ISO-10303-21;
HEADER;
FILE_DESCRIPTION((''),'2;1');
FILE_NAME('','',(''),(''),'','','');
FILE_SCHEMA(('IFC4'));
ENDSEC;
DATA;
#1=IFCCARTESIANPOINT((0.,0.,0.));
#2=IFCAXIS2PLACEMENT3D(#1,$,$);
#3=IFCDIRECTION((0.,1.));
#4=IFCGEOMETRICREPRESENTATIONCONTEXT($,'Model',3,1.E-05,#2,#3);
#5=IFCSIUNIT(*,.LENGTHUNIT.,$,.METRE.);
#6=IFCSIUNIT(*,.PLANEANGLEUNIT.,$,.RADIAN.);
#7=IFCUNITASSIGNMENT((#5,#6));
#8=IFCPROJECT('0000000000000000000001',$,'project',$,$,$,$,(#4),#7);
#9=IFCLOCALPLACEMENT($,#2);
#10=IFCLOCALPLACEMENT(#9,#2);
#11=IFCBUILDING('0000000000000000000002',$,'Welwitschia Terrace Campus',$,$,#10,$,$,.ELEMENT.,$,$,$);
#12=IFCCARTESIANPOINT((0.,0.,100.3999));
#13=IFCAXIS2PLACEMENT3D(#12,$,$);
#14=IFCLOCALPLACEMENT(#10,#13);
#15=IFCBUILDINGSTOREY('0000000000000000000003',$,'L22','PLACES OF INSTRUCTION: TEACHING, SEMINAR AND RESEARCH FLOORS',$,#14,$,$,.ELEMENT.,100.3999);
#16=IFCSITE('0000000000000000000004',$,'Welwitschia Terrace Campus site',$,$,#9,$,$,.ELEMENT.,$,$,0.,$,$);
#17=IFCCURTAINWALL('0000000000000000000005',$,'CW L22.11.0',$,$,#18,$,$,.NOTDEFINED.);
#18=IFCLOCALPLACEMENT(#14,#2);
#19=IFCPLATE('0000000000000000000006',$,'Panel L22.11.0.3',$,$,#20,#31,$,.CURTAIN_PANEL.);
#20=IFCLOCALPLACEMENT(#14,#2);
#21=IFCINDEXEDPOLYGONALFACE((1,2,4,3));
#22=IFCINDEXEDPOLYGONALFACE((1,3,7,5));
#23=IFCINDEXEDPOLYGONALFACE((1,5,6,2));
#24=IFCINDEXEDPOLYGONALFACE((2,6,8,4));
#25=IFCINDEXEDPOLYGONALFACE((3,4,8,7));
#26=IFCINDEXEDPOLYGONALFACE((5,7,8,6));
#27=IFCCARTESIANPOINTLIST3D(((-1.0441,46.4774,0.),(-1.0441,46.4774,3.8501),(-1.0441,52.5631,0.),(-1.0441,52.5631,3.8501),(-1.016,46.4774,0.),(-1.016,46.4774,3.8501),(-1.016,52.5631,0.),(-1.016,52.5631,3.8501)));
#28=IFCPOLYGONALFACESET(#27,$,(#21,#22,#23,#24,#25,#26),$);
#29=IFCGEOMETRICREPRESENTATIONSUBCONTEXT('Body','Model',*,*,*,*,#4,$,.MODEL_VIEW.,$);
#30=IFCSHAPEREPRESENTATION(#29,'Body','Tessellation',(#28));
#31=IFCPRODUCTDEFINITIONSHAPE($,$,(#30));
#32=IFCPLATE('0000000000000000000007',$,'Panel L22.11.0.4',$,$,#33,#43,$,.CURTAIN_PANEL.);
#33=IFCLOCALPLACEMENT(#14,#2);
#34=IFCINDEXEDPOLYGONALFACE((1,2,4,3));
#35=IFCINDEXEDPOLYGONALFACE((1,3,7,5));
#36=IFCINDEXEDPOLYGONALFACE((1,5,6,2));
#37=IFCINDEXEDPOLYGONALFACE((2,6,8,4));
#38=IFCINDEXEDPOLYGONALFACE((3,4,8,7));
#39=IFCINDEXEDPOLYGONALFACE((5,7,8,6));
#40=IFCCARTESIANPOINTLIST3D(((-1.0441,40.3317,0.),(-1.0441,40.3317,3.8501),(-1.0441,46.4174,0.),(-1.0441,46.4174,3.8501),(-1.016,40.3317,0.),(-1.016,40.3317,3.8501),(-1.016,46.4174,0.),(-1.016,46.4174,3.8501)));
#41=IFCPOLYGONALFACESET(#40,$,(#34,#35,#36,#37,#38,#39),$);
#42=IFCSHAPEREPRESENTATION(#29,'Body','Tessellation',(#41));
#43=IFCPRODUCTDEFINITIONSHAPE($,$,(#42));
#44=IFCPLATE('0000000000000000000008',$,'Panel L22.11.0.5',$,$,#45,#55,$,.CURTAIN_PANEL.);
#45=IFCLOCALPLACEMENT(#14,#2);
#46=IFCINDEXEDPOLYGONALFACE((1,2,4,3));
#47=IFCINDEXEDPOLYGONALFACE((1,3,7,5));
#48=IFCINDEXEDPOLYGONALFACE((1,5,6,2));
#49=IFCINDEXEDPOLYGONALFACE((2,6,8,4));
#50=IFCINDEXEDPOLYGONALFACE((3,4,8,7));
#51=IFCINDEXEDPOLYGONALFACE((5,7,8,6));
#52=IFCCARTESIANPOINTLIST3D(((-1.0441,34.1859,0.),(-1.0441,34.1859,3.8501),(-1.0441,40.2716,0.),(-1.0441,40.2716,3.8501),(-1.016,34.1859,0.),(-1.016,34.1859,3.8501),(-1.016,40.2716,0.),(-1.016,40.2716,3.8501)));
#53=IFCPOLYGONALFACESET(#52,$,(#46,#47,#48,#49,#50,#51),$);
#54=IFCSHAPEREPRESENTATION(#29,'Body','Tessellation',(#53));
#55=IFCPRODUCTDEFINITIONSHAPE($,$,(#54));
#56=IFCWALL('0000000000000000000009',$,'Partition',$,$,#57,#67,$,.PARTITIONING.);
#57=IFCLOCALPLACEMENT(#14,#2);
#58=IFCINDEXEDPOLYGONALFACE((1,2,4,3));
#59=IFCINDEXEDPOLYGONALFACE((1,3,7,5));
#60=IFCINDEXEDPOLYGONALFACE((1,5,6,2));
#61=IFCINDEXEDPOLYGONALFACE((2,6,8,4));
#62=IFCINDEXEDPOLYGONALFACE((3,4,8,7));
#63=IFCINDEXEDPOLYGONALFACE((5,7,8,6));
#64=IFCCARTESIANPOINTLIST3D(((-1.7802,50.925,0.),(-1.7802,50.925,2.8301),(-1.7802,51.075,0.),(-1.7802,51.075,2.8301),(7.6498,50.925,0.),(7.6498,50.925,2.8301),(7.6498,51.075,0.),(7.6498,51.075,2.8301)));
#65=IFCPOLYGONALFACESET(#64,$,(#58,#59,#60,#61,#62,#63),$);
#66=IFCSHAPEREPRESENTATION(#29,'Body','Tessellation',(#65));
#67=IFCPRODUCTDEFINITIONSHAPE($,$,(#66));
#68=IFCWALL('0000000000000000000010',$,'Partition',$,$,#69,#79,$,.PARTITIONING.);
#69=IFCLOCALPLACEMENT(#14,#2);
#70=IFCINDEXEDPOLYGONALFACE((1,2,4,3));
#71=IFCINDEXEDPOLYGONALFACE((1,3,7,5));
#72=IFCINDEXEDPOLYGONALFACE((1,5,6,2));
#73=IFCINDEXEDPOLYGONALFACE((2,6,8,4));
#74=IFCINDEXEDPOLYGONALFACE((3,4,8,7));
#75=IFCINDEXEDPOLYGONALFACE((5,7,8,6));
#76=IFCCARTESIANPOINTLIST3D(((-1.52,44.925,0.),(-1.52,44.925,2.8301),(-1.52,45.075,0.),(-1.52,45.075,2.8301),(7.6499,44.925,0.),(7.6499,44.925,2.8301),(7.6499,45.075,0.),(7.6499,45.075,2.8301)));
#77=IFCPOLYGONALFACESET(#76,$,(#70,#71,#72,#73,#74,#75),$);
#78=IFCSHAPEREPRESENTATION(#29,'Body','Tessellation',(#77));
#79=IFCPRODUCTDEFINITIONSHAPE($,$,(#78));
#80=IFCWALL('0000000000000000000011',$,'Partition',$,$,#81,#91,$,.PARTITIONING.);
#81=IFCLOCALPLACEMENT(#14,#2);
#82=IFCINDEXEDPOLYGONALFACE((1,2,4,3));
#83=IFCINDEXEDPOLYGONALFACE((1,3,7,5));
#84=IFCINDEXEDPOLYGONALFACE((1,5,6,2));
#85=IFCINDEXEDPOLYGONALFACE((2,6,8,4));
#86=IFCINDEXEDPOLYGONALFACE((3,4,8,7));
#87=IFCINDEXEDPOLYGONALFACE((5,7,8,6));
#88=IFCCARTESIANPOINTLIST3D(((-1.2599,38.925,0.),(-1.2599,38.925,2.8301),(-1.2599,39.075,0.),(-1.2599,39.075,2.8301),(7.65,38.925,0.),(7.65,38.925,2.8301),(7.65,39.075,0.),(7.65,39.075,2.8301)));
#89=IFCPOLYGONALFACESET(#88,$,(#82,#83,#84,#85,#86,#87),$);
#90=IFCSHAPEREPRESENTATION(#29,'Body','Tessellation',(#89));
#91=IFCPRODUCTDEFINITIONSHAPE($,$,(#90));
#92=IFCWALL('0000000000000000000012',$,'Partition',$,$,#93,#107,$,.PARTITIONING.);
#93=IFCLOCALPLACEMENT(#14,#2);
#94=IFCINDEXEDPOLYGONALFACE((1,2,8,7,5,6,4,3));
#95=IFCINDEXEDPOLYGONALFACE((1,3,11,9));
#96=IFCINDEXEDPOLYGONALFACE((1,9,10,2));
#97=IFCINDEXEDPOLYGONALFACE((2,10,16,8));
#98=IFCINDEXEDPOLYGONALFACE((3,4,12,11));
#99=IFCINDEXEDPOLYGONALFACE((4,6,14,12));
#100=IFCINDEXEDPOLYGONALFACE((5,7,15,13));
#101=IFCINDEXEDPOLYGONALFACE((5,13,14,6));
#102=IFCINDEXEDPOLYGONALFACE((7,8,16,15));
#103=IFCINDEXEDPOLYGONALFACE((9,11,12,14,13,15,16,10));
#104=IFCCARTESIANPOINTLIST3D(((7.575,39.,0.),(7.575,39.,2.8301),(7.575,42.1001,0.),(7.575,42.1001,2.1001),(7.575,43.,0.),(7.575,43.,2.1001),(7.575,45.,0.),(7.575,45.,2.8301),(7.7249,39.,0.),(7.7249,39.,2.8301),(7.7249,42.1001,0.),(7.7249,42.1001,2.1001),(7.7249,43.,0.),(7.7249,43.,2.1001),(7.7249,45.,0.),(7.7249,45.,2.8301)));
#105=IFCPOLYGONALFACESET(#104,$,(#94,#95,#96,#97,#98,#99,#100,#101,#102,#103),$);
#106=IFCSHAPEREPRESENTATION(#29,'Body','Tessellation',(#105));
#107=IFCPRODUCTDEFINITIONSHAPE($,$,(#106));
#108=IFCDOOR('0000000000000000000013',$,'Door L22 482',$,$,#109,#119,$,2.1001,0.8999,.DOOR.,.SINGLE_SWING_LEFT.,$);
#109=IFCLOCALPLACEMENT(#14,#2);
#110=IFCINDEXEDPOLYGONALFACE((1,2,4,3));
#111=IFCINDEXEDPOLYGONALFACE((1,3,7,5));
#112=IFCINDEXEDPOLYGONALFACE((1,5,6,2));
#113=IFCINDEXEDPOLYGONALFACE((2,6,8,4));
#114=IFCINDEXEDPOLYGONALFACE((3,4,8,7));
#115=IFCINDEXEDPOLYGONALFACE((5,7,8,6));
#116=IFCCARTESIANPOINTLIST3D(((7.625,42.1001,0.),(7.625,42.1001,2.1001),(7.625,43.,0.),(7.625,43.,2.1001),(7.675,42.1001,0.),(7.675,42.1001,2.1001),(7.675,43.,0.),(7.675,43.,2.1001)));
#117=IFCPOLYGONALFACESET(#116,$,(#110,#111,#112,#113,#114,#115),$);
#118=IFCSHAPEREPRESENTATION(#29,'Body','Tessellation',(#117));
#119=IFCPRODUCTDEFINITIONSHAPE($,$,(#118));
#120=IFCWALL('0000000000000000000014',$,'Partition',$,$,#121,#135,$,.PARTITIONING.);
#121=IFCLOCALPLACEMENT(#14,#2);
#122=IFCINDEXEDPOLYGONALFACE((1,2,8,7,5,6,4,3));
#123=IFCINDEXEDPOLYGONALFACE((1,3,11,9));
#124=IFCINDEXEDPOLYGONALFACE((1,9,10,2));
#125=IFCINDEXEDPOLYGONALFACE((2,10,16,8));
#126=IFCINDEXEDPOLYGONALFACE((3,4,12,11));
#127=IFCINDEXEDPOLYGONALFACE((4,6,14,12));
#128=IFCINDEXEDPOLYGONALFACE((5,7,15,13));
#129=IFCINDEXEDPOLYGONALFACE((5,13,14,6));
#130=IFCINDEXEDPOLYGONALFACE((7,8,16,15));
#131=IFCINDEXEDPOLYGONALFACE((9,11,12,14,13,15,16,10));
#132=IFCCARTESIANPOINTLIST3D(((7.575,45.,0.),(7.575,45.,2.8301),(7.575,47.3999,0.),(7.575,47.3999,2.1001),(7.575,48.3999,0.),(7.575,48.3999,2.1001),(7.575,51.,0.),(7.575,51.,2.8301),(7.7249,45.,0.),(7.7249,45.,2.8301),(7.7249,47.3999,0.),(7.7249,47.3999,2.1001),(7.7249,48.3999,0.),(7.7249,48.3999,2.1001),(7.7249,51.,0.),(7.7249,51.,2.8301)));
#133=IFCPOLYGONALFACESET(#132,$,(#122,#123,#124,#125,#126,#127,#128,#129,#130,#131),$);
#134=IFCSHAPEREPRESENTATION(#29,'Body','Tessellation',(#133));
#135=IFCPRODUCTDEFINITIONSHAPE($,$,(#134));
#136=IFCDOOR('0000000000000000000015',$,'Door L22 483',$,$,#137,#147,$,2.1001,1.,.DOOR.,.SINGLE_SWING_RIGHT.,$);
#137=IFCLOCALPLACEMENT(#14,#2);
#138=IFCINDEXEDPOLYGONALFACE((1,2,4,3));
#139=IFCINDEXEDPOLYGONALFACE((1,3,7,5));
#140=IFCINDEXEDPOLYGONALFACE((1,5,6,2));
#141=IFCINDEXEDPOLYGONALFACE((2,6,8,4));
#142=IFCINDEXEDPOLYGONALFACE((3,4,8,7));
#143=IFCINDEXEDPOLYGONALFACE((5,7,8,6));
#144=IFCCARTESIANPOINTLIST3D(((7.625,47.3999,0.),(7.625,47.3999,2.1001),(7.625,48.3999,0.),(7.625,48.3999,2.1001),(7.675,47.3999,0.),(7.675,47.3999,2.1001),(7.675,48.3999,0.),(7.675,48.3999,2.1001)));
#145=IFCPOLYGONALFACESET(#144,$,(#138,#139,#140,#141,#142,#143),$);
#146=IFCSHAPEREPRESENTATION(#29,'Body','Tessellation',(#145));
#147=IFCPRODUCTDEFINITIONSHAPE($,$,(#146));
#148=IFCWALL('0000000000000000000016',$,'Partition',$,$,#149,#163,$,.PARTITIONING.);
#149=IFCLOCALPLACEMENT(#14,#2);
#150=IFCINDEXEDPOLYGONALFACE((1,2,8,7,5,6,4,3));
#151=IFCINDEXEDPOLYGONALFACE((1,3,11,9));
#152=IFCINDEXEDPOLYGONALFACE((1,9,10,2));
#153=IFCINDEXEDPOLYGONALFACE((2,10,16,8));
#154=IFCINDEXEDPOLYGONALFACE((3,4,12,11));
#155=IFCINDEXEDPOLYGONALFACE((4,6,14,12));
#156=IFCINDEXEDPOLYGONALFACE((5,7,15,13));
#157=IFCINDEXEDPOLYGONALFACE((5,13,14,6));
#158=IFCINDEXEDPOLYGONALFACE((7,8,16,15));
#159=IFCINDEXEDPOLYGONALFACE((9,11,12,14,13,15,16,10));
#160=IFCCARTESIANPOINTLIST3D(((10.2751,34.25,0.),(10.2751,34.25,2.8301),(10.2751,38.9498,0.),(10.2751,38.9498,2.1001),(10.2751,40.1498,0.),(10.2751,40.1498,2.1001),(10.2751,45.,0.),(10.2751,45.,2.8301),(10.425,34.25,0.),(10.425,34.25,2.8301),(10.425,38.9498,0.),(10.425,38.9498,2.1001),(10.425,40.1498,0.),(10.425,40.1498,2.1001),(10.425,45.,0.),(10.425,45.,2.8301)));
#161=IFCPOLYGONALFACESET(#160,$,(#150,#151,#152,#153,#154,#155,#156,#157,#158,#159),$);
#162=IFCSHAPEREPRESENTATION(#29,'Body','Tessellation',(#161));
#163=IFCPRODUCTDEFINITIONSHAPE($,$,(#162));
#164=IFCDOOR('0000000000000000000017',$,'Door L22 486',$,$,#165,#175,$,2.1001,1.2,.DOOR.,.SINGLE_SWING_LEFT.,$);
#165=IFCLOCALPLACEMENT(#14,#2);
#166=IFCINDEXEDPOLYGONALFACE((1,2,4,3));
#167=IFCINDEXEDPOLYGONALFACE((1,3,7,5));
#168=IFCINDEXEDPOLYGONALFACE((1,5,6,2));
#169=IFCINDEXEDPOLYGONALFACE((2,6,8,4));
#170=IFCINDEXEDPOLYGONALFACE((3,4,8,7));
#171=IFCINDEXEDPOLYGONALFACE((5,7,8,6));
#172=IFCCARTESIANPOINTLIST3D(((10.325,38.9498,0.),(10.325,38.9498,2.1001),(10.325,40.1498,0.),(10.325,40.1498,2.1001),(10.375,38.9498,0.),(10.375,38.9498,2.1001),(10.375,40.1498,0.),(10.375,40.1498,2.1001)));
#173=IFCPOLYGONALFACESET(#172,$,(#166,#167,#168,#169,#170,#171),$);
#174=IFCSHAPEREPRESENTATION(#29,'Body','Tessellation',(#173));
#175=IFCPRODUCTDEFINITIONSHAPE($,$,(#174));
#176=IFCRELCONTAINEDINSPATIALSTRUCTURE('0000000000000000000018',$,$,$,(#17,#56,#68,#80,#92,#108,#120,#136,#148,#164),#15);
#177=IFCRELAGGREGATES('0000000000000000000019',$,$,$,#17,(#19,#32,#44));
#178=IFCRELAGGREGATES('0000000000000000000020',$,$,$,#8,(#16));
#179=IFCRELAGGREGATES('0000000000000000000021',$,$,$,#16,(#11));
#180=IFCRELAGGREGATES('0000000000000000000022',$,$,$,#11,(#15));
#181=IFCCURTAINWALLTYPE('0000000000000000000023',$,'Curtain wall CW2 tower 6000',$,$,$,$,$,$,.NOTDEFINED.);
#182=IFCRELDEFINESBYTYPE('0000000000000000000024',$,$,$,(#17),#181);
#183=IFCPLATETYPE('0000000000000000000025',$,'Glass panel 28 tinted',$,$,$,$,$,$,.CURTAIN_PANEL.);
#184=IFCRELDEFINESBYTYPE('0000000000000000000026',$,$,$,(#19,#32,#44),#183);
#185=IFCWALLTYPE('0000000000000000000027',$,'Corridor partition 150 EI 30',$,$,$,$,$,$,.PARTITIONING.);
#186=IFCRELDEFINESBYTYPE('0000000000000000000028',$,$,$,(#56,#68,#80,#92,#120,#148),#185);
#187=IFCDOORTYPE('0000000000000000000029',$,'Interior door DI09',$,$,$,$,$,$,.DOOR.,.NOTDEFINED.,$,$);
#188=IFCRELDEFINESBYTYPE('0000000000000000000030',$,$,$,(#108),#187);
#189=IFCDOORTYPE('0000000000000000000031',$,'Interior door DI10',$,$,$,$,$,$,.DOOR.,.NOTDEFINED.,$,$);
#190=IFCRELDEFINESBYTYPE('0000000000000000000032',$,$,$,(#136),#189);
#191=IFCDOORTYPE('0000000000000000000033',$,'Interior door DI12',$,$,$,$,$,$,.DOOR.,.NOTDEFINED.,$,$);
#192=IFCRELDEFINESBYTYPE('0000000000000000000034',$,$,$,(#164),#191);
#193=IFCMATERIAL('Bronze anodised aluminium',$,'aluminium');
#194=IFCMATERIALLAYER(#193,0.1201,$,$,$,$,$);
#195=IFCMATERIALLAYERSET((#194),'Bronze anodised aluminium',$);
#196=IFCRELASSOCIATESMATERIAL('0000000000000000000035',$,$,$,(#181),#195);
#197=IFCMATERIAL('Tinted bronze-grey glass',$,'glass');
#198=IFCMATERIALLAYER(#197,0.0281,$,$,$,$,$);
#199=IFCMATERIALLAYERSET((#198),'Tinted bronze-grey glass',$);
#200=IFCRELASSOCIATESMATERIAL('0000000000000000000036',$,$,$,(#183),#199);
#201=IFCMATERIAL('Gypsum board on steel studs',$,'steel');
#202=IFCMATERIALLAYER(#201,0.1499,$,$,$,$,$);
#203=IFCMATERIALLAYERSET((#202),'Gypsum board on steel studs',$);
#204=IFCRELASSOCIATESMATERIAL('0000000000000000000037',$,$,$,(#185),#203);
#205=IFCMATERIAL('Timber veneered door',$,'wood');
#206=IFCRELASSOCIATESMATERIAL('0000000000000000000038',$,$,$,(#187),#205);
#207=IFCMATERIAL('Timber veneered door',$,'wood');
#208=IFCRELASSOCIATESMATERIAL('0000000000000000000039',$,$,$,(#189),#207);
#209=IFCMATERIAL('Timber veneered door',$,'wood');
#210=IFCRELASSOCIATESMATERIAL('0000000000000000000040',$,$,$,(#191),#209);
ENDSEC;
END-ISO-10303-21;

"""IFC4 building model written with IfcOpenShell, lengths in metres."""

from ifc_helpers import new_model, si_unit, direction, frame, frame_2d, origin, origin_2d, place, context, subcontext, project, spatial, rectangle, extrude, material, layer, layer_set, type_object, element, fill, aggregate, save


model = new_model("IFC4")

# Units and contexts
model_context = context("Model", 3, precision=1e-05, world=origin(), true_north=direction((0.0, 1.0)))
body_context = subcontext(model_context, "Body", "Model", "MODEL_VIEW")
ifc_project = project(units=[si_unit("LENGTHUNIT", "METRE"), si_unit("PLANEANGLEUNIT", "RADIAN")], contexts=[model_context])

# Site, building, storey
site_placement = place(None, origin())
site = spatial("IfcSite", under=ifc_project, at=site_placement, Name="Welwitschia Terrace Campus site", CompositionType="ELEMENT", RefElevation=0.0)
building_placement = place(site_placement, origin())
building = spatial("IfcBuilding", under=site, at=building_placement, Name="Welwitschia Terrace Campus", CompositionType="ELEMENT")
storey_placement = place(building_placement, frame((0.0, 0.0, 100.3999)))
storey = spatial("IfcBuildingStorey", under=building, at=storey_placement, Name="L22", Description="PLACES OF INSTRUCTION: TEACHING, SEMINAR AND RESEARCH FLOORS", CompositionType="ELEMENT", Elevation=100.3999)

# Curtain wall
ifc_material_1 = material(Name="Bronze anodised aluminium", Category="aluminium")
ifc_layer_1 = layer(ifc_material_1, 0.1201)
ifc_layer_set_1 = layer_set([ifc_layer_1], Name="Bronze anodised aluminium")
curtain_wall_type = type_object("IfcCurtainWallType", Name="Curtain wall CW2 tower 6000", PredefinedType="NOTDEFINED", material=ifc_layer_set_1)
curtain_wall_placement = place(storey_placement, origin())
curtain_wall = element("IfcCurtainWall", 1, at=curtain_wall_placement, inside=storey, type_object=curtain_wall_type, Name="CW L22.11.0", PredefinedType="NOTDEFINED")

# Plates
ifc_material_2 = material(Name="Tinted bronze-grey glass", Category="glass")
ifc_layer_2 = layer(ifc_material_2, 0.0281)
ifc_layer_set_2 = layer_set([ifc_layer_2], Name="Tinted bronze-grey glass")
plate_type = type_object("IfcPlateType", Name="Glass panel 28 tinted", PredefinedType="CURTAIN_PANEL", material=ifc_layer_set_2)
plate_1_placement = place(storey_placement, frame((-1.03, 49.5203, 0.0), z_axis=(0.0, 0.0, 1.0), x_axis=(0.0, -1.0, 0.0)))
plate_1 = element("IfcPlate", 2, at=plate_1_placement, type_object=plate_type, Name="Panel L22.11.0.3", PredefinedType="CURTAIN_PANEL", context=body_context, shape_type="SweptSolid", body=[
    extrude(rectangle(XDim=6.0857, YDim=0.0281, at=origin_2d()), origin(), (0.0, 0.0, 1.0), 3.8501),
])
plate_2_placement = place(storey_placement, frame((-1.03, 43.3745, 0.0), z_axis=(0.0, 0.0, 1.0), x_axis=(0.0, -1.0, 0.0)))
plate_2 = element("IfcPlate", 3, at=plate_2_placement, type_object=plate_type, Name="Panel L22.11.0.4", PredefinedType="CURTAIN_PANEL", context=body_context, shape_type="SweptSolid", body=[
    extrude(rectangle(XDim=6.0857, YDim=0.0281, at=origin_2d()), origin(), (0.0, 0.0, 1.0), 3.8501),
])
plate_3_placement = place(storey_placement, frame((-1.03, 37.2288, 0.0), z_axis=(0.0, 0.0, 1.0), x_axis=(0.0, -1.0, 0.0)))
plate_3 = element("IfcPlate", 4, at=plate_3_placement, type_object=plate_type, Name="Panel L22.11.0.5", PredefinedType="CURTAIN_PANEL", context=body_context, shape_type="SweptSolid", body=[
    extrude(rectangle(XDim=6.0857, YDim=0.0281, at=origin_2d()), origin(), (0.0, 0.0, 1.0), 3.8501),
])
aggregate(curtain_wall, [plate_1, plate_2, plate_3])

# Walls
ifc_material_3 = material(Name="Gypsum board on steel studs", Category="steel")
ifc_layer_3 = layer(ifc_material_3, 0.1499)
ifc_layer_set_3 = layer_set([ifc_layer_3], Name="Gypsum board on steel studs")
wall_type = type_object("IfcWallType", Name="Corridor partition 150 EI 30", PredefinedType="PARTITIONING", material=ifc_layer_set_3)
wall_1_placement = place(storey_placement, frame((-1.78, 51.0, 0.0), z_axis=(0.0, 0.0, 1.0), x_axis=(1.0, 0.0, 0.0)))
element("IfcWall", 5, at=wall_1_placement, inside=storey, type_object=wall_type, Name="Partition", PredefinedType="PARTITIONING", context=body_context, shape_type="SweptSolid", body=[
    extrude(rectangle(XDim=9.4299, YDim=0.1499, at=frame_2d((4.7148, 0.0))), origin(), (0.0, 0.0, 1.0), 2.8301),
])
wall_2_placement = place(storey_placement, frame((-1.52, 45.0, 0.0), z_axis=(0.0, 0.0, 1.0), x_axis=(1.0, 0.0, 0.0)))
element("IfcWall", 6, at=wall_2_placement, inside=storey, type_object=wall_type, Name="Partition", PredefinedType="PARTITIONING", context=body_context, shape_type="SweptSolid", body=[
    extrude(rectangle(XDim=9.1699, YDim=0.1499, at=frame_2d((4.585, 0.0))), origin(), (0.0, 0.0, 1.0), 2.8301),
])
wall_3_placement = place(storey_placement, frame((-1.26, 39.0, 0.0), z_axis=(0.0, 0.0, 1.0), x_axis=(1.0, 0.0, 0.0)))
element("IfcWall", 7, at=wall_3_placement, inside=storey, type_object=wall_type, Name="Partition", PredefinedType="PARTITIONING", context=body_context, shape_type="SweptSolid", body=[
    extrude(rectangle(XDim=8.9099, YDim=0.1499, at=frame_2d((4.4551, 0.0))), origin(), (0.0, 0.0, 1.0), 2.8301),
])

# Walls, openings, doors
wall_4_placement = place(storey_placement, frame((7.6499, 39.0, 0.0), z_axis=(0.0, 0.0, 1.0), x_axis=(0.0, 1.0, 0.0)))
wall_4 = element("IfcWall", 8, at=wall_4_placement, inside=storey, type_object=wall_type, Name="Partition", PredefinedType="PARTITIONING", context=body_context, shape_type="SweptSolid", body=[
    extrude(rectangle(XDim=6.0, YDim=0.1499, at=frame_2d((3.0, 0.0))), origin(), (0.0, 0.0, 1.0), 2.8301),
])
opening_1_placement = place(wall_4_placement, frame((3.1001, 0.0, 0.0)))
opening_1 = element("IfcOpeningElement", 9, at=opening_1_placement, cuts=wall_4, PredefinedType="OPENING", context=body_context, shape_type="SweptSolid", body=[
    extrude(rectangle(XDim=0.8999, YDim=2.1001, at=frame_2d((0.45, 1.05))), frame((0.0, 0.085, 0.0), z_axis=(0.0, -1.0, 0.0), x_axis=(1.0, 0.0, 0.0)), (0.0, 0.0, 1.0), 0.1699),
])
ifc_material_4 = material(Name="Timber veneered door", Category="wood")
door_type_1 = type_object("IfcDoorType", Name="Interior door DI09", OperationType="NOTDEFINED", PredefinedType="DOOR", material=ifc_material_4)
door_1_placement = place(opening_1_placement, origin())
door_1 = element("IfcDoor", 10, at=door_1_placement, inside=storey, type_object=door_type_1, Name="Door L22 482", OperationType="SINGLE_SWING_LEFT", OverallHeight=2.1001, OverallWidth=0.8999, PredefinedType="DOOR", context=body_context, shape_type="SweptSolid", body=[
    extrude(rectangle(XDim=0.8999, YDim=2.1001, at=frame_2d((0.45, 1.05))), frame((0.0, 0.0249, 0.0), z_axis=(0.0, -1.0, 0.0), x_axis=(1.0, 0.0, 0.0)), (0.0, 0.0, 1.0), 0.05),
])
fill(opening_1, door_1)
wall_5_placement = place(storey_placement, frame((7.6499, 45.0, 0.0), z_axis=(0.0, 0.0, 1.0), x_axis=(0.0, 1.0, 0.0)))
wall_5 = element("IfcWall", 11, at=wall_5_placement, inside=storey, type_object=wall_type, Name="Partition", PredefinedType="PARTITIONING", context=body_context, shape_type="SweptSolid", body=[
    extrude(rectangle(XDim=6.0, YDim=0.1499, at=frame_2d((3.0, 0.0))), origin(), (0.0, 0.0, 1.0), 2.8301),
])
opening_2_placement = place(wall_5_placement, frame((2.3999, 0.0, 0.0)))
opening_2 = element("IfcOpeningElement", 12, at=opening_2_placement, cuts=wall_5, PredefinedType="OPENING", context=body_context, shape_type="SweptSolid", body=[
    extrude(rectangle(XDim=1.0, YDim=2.1001, at=frame_2d((0.5, 1.05))), frame((0.0, 0.085, 0.0), z_axis=(0.0, -1.0, 0.0), x_axis=(1.0, 0.0, 0.0)), (0.0, 0.0, 1.0), 0.1699),
])
ifc_material_5 = material(Name="Timber veneered door", Category="wood")
door_type_2 = type_object("IfcDoorType", Name="Interior door DI10", OperationType="NOTDEFINED", PredefinedType="DOOR", material=ifc_material_5)
door_2_placement = place(opening_2_placement, origin())
door_2 = element("IfcDoor", 13, at=door_2_placement, inside=storey, type_object=door_type_2, Name="Door L22 483", OperationType="SINGLE_SWING_RIGHT", OverallHeight=2.1001, OverallWidth=1.0, PredefinedType="DOOR", context=body_context, shape_type="SweptSolid", body=[
    extrude(rectangle(XDim=1.0, YDim=2.1001, at=frame_2d((0.5, 1.05))), frame((0.0, 0.0249, 0.0), z_axis=(0.0, -1.0, 0.0), x_axis=(1.0, 0.0, 0.0)), (0.0, 0.0, 1.0), 0.05),
])
fill(opening_2, door_2)
wall_6_placement = place(storey_placement, frame((10.3501, 45.0, 0.0), z_axis=(0.0, 0.0, 1.0), x_axis=(0.0, -1.0, 0.0)))
wall_6 = element("IfcWall", 14, at=wall_6_placement, inside=storey, type_object=wall_type, Name="Partition", PredefinedType="PARTITIONING", context=body_context, shape_type="SweptSolid", body=[
    extrude(rectangle(XDim=10.75, YDim=0.1499, at=frame_2d((5.375, 0.0))), origin(), (0.0, 0.0, 1.0), 2.8301),
])
opening_3_placement = place(wall_6_placement, frame((4.8501, 0.0, 0.0)))
opening_3 = element("IfcOpeningElement", 15, at=opening_3_placement, cuts=wall_6, PredefinedType="OPENING", context=body_context, shape_type="SweptSolid", body=[
    extrude(rectangle(XDim=1.2, YDim=2.1001, at=frame_2d((0.6001, 1.05))), frame((0.0, 0.085, 0.0), z_axis=(0.0, -1.0, 0.0), x_axis=(1.0, 0.0, 0.0)), (0.0, 0.0, 1.0), 0.1699),
])
ifc_material_6 = material(Name="Timber veneered door", Category="wood")
door_type_3 = type_object("IfcDoorType", Name="Interior door DI12", OperationType="NOTDEFINED", PredefinedType="DOOR", material=ifc_material_6)
door_3_placement = place(opening_3_placement, origin())
door_3 = element("IfcDoor", 16, at=door_3_placement, inside=storey, type_object=door_type_3, Name="Door L22 486", OperationType="SINGLE_SWING_LEFT", OverallHeight=2.1001, OverallWidth=1.2, PredefinedType="DOOR", context=body_context, shape_type="SweptSolid", body=[
    extrude(rectangle(XDim=1.2, YDim=2.1001, at=frame_2d((0.6001, 1.05))), frame((0.0, 0.0249, 0.0), z_axis=(0.0, -1.0, 0.0), x_axis=(1.0, 0.0, 0.0)), (0.0, 0.0, 1.0), 0.05),
])
fill(opening_3, door_3)

save(model, "model.ifc")
